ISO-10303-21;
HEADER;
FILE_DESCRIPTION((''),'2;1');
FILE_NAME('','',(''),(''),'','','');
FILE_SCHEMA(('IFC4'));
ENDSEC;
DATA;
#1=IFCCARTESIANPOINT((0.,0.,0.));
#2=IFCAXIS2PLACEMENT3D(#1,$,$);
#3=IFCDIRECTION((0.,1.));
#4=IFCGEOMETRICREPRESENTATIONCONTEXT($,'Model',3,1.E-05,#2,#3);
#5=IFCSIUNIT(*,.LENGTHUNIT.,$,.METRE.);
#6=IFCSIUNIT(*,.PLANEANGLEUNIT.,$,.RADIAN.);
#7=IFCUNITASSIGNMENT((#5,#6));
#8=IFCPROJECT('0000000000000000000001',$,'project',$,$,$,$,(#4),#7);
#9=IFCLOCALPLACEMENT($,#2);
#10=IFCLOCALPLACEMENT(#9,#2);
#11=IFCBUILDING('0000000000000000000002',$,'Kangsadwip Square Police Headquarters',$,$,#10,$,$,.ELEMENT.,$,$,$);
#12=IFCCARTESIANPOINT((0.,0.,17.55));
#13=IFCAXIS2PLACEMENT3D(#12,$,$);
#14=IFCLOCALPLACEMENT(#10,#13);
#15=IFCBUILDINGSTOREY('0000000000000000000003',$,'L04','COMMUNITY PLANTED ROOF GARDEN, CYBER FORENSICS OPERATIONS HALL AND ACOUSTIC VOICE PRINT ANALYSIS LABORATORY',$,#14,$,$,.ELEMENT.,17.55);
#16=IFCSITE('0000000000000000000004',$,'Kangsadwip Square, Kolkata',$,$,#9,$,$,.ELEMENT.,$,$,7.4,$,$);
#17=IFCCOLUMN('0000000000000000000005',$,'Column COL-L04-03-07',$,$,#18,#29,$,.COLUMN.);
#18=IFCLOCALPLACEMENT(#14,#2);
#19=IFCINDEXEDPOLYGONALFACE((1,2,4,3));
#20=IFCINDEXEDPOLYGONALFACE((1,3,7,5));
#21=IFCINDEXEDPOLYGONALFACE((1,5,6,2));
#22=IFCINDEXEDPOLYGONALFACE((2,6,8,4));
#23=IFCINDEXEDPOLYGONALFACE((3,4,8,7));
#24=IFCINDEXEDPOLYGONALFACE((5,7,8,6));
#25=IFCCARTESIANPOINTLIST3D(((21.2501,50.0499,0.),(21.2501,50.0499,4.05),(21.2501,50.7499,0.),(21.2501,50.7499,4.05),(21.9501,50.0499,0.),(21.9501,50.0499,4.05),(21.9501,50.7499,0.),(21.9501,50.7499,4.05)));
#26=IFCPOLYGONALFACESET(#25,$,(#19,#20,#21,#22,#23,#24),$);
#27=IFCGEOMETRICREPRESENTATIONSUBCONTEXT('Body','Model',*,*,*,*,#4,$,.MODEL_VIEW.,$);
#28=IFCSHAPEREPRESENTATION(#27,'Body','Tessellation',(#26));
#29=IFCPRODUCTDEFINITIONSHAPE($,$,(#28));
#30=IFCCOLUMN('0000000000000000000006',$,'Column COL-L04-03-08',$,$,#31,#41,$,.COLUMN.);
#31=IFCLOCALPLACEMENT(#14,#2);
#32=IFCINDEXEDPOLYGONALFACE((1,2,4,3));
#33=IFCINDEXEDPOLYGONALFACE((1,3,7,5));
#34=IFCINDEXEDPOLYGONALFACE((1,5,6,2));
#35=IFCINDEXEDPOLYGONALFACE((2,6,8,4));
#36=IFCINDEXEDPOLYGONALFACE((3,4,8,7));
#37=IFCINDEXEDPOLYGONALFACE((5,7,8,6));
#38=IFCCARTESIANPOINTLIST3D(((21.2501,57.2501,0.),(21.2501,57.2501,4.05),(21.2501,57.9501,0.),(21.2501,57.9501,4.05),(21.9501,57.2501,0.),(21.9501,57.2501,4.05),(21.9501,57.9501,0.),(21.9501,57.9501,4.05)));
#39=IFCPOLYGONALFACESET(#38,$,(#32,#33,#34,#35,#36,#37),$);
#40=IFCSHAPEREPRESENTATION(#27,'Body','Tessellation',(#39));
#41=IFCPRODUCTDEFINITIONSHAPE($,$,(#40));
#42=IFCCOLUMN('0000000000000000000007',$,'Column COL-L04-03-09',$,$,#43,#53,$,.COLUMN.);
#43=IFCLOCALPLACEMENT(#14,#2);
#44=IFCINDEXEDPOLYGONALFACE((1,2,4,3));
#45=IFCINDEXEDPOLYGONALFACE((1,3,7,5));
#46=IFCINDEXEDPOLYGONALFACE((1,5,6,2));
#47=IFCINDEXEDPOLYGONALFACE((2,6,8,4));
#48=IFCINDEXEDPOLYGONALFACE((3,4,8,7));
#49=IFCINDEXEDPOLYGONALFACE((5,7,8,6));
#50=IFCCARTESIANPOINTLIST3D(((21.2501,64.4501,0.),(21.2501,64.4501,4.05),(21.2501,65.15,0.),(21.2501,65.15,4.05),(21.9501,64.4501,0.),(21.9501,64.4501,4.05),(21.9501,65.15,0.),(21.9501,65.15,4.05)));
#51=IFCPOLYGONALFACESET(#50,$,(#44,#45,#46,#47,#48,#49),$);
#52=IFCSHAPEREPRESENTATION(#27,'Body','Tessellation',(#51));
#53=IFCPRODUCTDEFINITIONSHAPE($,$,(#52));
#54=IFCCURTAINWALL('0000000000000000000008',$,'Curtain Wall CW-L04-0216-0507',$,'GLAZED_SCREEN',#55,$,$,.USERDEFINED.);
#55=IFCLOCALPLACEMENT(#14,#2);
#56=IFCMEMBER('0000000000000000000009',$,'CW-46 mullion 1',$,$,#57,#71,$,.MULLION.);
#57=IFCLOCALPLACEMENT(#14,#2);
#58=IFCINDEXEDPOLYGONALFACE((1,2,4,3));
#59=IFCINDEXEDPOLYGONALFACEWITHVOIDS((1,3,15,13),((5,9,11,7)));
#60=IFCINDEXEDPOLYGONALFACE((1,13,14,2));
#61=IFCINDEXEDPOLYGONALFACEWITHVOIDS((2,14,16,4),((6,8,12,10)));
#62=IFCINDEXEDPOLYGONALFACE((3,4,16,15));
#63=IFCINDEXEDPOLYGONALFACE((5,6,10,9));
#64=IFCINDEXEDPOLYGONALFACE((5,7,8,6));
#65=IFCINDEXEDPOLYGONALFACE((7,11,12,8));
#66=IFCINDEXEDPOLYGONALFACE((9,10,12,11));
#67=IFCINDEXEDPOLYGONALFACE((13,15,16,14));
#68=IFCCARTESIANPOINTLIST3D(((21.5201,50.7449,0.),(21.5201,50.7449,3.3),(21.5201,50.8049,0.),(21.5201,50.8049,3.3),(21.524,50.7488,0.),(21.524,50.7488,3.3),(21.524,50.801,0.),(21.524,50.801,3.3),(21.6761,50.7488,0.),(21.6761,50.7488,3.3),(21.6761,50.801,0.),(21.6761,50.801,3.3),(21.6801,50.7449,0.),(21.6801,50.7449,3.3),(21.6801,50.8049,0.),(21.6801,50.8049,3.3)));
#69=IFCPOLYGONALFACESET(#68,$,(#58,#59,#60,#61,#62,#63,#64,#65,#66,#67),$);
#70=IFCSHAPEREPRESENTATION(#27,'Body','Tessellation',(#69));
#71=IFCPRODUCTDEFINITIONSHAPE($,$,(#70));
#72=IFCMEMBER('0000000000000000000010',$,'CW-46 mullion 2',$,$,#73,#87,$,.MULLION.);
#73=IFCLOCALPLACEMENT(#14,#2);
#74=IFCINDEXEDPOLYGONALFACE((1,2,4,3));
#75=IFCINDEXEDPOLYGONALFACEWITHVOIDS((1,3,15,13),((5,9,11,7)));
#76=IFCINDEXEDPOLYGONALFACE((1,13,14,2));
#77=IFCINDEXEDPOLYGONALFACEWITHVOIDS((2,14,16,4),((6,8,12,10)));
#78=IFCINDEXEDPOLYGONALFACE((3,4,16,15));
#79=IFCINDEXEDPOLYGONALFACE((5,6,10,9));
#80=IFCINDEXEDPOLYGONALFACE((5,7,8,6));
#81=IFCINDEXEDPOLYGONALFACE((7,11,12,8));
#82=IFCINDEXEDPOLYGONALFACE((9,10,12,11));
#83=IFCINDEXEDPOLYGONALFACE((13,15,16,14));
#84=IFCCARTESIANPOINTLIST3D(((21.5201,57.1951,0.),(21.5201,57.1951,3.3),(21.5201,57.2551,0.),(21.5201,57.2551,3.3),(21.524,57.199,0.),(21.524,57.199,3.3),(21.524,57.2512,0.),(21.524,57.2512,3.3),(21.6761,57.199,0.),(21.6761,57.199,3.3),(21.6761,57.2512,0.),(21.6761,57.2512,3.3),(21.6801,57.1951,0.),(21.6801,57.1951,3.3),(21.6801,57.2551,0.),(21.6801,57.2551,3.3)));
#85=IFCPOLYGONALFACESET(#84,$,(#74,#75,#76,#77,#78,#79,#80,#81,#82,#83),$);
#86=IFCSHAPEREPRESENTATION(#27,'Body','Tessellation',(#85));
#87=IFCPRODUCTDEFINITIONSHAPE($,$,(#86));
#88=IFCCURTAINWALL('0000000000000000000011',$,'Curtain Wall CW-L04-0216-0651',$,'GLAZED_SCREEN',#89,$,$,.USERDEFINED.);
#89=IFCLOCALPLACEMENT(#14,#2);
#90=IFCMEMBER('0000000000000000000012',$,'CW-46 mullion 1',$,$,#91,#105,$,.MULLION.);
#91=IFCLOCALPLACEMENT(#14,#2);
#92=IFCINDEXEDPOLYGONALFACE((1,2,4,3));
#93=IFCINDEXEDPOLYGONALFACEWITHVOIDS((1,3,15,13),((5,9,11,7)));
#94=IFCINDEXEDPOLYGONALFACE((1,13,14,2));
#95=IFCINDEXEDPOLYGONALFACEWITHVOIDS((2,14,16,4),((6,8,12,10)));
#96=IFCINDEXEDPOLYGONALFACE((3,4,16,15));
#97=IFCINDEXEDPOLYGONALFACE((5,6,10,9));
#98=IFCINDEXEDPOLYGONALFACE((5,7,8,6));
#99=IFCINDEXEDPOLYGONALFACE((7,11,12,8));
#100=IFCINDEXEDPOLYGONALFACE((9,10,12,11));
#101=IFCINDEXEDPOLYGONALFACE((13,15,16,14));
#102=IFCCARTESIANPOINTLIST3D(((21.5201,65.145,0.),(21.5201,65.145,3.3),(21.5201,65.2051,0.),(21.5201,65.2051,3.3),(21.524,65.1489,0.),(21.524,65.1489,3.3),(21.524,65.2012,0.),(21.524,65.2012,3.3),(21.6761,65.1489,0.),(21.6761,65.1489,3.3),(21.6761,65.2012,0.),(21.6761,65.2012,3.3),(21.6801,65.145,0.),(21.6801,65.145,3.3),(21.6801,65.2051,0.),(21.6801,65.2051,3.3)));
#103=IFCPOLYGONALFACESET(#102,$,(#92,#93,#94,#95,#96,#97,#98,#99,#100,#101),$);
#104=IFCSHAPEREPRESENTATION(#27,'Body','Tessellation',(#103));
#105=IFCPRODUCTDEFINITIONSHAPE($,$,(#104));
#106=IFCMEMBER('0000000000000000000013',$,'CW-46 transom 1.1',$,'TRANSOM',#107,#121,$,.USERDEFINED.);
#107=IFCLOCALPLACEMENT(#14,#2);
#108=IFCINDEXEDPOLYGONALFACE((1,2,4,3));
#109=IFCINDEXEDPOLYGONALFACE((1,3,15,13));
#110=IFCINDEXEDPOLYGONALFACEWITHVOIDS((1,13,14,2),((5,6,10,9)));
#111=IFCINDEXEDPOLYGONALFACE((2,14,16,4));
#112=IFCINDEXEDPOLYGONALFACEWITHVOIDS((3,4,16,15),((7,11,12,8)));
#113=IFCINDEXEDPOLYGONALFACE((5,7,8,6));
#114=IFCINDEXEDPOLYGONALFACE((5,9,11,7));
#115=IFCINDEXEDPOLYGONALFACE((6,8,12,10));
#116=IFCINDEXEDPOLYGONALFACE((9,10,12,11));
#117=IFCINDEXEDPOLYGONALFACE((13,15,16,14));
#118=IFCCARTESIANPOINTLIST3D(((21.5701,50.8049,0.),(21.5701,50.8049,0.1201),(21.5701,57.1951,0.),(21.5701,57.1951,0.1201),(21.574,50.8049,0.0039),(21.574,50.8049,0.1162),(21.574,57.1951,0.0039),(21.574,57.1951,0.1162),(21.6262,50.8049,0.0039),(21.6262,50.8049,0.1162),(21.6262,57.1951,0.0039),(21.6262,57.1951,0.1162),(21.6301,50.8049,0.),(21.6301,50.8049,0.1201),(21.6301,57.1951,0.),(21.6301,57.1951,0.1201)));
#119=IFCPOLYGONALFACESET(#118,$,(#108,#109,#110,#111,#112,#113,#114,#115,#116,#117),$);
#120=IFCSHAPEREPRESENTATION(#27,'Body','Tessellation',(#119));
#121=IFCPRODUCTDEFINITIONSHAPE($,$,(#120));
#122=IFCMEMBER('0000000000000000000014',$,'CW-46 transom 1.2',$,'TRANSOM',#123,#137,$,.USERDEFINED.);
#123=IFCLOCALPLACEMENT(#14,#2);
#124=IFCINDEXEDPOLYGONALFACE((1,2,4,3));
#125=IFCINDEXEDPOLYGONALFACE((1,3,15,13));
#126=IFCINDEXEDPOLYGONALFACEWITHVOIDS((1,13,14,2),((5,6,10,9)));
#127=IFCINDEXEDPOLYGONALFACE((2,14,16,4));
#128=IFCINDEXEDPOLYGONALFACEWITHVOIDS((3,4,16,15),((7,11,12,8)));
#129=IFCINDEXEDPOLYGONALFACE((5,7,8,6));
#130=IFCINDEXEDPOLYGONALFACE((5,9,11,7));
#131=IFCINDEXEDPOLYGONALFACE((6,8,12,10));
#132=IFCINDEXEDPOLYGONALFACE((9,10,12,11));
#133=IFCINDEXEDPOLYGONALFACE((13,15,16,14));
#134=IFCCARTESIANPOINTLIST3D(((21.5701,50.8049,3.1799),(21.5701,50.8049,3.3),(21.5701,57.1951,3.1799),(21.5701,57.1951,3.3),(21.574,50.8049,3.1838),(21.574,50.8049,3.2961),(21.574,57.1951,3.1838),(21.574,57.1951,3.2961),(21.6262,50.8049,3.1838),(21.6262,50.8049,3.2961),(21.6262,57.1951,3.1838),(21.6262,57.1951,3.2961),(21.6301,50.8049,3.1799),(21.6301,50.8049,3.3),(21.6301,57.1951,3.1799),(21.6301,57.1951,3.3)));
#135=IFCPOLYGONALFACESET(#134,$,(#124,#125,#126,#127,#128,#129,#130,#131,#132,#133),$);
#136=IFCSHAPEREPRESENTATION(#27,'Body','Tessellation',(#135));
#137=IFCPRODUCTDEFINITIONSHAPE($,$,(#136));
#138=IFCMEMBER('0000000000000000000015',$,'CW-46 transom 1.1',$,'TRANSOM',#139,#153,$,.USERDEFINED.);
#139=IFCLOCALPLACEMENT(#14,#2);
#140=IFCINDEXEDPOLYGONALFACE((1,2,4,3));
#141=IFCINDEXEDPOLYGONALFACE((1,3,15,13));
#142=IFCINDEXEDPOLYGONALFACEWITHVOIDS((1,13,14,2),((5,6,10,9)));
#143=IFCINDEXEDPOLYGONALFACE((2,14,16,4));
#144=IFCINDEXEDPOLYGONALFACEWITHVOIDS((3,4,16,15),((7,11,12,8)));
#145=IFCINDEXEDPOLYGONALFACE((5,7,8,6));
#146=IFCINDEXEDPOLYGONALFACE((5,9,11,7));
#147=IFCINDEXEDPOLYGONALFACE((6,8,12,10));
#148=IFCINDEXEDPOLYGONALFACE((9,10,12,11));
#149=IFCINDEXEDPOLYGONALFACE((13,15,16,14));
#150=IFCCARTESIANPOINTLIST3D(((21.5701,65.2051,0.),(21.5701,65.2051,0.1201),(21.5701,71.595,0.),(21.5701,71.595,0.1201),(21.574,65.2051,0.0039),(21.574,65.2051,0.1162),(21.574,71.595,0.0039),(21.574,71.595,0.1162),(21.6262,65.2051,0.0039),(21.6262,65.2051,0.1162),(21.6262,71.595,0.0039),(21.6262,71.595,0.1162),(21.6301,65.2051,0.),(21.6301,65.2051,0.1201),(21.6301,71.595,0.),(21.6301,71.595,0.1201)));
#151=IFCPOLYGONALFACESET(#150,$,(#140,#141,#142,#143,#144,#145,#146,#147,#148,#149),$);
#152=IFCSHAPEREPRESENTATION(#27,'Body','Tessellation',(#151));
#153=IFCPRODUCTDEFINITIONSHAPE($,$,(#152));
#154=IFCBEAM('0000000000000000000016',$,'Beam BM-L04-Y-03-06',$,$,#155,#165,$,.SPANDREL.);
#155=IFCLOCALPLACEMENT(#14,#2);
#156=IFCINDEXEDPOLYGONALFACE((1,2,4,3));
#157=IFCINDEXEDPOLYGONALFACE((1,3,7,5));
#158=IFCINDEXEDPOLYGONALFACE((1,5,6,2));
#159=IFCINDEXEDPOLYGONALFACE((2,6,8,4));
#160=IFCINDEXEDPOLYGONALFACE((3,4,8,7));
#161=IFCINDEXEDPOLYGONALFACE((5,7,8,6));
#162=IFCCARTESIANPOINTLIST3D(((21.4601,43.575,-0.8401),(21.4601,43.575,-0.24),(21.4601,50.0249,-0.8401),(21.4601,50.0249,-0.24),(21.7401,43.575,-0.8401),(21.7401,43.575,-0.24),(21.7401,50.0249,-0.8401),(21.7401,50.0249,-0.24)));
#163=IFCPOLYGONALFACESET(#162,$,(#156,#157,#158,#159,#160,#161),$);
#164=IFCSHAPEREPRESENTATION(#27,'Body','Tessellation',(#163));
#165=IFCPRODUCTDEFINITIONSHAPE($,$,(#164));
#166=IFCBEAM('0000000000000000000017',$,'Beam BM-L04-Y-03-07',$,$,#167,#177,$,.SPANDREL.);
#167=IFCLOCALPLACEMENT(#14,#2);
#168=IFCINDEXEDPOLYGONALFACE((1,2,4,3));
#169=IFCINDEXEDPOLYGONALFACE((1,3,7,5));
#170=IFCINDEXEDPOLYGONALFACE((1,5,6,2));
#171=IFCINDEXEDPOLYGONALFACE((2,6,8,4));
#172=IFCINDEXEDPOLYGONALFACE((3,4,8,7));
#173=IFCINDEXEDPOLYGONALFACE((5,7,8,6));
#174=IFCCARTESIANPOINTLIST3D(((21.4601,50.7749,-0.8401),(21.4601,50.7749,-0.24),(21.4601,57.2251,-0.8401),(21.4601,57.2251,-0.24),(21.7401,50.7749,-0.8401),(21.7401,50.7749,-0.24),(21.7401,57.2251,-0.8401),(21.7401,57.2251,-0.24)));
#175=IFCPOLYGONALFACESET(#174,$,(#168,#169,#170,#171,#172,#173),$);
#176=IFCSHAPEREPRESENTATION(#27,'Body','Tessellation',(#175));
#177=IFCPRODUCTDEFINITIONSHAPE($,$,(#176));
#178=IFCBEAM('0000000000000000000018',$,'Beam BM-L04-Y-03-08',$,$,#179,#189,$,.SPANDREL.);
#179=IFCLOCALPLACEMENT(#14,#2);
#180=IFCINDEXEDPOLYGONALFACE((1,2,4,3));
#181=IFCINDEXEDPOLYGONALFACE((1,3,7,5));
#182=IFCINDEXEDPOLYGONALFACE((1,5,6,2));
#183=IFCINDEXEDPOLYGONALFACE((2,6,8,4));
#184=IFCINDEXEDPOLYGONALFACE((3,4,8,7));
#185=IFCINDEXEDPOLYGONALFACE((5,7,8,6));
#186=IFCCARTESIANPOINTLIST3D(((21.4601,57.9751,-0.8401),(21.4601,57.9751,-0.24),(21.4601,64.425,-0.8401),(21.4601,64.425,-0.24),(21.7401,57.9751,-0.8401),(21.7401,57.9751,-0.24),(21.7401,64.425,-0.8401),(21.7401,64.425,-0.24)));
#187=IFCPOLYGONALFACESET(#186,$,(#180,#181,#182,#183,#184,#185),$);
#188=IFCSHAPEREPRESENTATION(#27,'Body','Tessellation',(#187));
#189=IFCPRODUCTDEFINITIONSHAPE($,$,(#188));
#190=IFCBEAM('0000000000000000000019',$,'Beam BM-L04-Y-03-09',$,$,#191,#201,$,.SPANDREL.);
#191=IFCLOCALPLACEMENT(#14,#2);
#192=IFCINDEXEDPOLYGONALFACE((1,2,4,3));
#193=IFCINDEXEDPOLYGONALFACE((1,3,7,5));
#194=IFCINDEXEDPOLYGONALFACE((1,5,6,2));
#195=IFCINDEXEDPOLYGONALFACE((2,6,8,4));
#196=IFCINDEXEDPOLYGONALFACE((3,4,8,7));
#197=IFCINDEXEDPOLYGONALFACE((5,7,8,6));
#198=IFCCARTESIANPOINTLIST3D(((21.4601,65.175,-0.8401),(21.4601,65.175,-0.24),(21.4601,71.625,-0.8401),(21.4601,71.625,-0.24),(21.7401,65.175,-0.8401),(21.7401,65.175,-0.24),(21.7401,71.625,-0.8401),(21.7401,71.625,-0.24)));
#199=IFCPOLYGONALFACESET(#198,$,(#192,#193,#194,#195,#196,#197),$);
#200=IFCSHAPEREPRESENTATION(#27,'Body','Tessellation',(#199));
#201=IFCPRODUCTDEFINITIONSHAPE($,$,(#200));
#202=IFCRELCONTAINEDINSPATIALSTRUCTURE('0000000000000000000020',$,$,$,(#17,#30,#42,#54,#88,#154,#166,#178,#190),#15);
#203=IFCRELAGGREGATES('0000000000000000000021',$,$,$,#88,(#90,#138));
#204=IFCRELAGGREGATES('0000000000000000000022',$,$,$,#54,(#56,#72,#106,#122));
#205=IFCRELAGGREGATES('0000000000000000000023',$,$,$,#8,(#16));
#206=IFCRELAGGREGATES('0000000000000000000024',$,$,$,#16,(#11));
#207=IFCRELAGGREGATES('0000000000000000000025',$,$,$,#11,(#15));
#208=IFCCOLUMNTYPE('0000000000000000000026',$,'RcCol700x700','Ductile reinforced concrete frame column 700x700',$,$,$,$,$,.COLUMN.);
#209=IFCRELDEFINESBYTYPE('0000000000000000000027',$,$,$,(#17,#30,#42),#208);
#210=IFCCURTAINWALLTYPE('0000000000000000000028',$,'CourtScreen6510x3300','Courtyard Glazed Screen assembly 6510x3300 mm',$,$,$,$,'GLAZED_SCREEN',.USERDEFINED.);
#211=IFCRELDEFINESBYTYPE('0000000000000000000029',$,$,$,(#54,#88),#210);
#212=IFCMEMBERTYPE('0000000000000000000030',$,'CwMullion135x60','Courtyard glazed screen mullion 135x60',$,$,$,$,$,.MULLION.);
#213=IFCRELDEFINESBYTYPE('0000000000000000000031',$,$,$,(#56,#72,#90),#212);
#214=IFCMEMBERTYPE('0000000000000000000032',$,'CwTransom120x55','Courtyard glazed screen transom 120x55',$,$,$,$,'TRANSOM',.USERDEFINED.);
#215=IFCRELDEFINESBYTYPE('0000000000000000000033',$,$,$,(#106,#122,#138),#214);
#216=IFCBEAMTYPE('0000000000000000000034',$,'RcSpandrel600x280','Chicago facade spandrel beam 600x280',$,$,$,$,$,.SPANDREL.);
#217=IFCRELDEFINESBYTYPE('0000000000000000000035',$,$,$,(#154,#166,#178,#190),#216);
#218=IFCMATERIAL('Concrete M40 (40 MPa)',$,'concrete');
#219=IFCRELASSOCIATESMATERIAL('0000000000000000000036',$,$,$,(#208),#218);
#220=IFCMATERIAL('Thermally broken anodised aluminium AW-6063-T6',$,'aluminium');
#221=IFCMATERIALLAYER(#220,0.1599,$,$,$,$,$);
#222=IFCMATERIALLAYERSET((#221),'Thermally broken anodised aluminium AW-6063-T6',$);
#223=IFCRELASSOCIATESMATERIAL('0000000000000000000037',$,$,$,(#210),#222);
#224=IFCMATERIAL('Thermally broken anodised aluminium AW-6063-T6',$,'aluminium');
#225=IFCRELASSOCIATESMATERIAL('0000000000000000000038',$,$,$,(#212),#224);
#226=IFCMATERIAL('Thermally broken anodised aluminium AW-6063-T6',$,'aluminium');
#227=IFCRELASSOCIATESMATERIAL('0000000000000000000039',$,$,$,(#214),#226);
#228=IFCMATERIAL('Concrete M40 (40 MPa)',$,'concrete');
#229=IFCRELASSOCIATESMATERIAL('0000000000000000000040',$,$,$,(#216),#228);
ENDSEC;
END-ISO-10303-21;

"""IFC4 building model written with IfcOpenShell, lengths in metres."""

from ifc_helpers import new_model, si_unit, direction, frame, origin, origin_2d, place, context, subcontext, project, spatial, rectangle, hollow_rectangle, extrude, material, layer, layer_set, material_profile, profile_set, type_object, element, aggregate, save


model = new_model("IFC4")

# Units and contexts
model_context = context("Model", 3, precision=1e-05, world=origin(), true_north=direction((0.0, 1.0)))
body_context = subcontext(model_context, "Body", "Model", "MODEL_VIEW")
ifc_project = project(units=[si_unit("LENGTHUNIT", "METRE"), si_unit("PLANEANGLEUNIT", "RADIAN")], contexts=[model_context])

# Site, building, storey
site_placement = place(None, origin())
site = spatial("IfcSite", under=ifc_project, at=site_placement, Name="Kangsadwip Square, Kolkata", CompositionType="ELEMENT", RefElevation=7.4)
building_placement = place(site_placement, origin())
building = spatial("IfcBuilding", under=site, at=building_placement, Name="Kangsadwip Square Police Headquarters", CompositionType="ELEMENT")
storey_placement = place(building_placement, frame((0.0, 0.0, 17.55)))
storey = spatial("IfcBuildingStorey", under=building, at=storey_placement, Name="L04", Description="COMMUNITY PLANTED ROOF GARDEN, CYBER FORENSICS OPERATIONS HALL AND ACOUSTIC VOICE PRINT ANALYSIS LABORATORY", CompositionType="ELEMENT", Elevation=17.55)

# Columns
ifc_material_1 = material(Name="Concrete M40 (40 MPa)", Category="concrete")
ifc_material_profile_1 = material_profile(ifc_material_1, rectangle(XDim=0.7, YDim=0.7, at=origin_2d()), Name="RC COL 700X700")
ifc_profile_set_1 = profile_set([ifc_material_profile_1], Name="Concrete M40 (40 MPa)")
column_type = type_object("IfcColumnType", Name="RcCol700x700", Description="Ductile reinforced concrete frame column 700x700", PredefinedType="COLUMN", material=ifc_profile_set_1)
for number, where, z_axis, x_axis, name in (
    (1, (21.6001, 50.3999, 0.0), (0.0, 0.0, 1.0), (1.0, 0.0, 0.0), "Column COL-L04-03-07"),
    (2, (21.6001, 57.6001, 0.0), (0.0, 0.0, 1.0), (1.0, 0.0, 0.0), "Column COL-L04-03-08"),
    (3, (21.6001, 64.8, 0.0), (0.0, 0.0, 1.0), (1.0, 0.0, 0.0), "Column COL-L04-03-09"),
):
    element("IfcColumn", number, at=place(storey_placement, frame(where, z_axis=z_axis, x_axis=x_axis)), inside=storey, type_object=column_type, Name=name, PredefinedType="COLUMN", context=body_context, shape_type="SweptSolid", body=[
        extrude(rectangle(XDim=0.7, YDim=0.7, at=origin_2d()), origin(), (0.0, 0.0, 1.0), 4.05),
    ])

# Curtain wall, members
ifc_material_2 = material(Name="Thermally broken anodised aluminium AW-6063-T6", Category="aluminium")
ifc_layer_1 = layer(ifc_material_2, 0.1599)
ifc_layer_set_1 = layer_set([ifc_layer_1], Name="Thermally broken anodised aluminium AW-6063-T6")
curtain_wall_type = type_object("IfcCurtainWallType", Name="CourtScreen6510x3300", Description="Courtyard Glazed Screen assembly 6510x3300 mm", ElementType="GLAZED_SCREEN", PredefinedType="USERDEFINED", material=ifc_layer_set_1)
curtain_wall_1_placement = place(storey_placement, origin())
curtain_wall_1 = element("IfcCurtainWall", 4, at=curtain_wall_1_placement, inside=storey, type_object=curtain_wall_type, Name="Curtain Wall CW-L04-0216-0507", ObjectType="GLAZED_SCREEN", PredefinedType="USERDEFINED")
ifc_material_3 = material(Name="Thermally broken anodised aluminium AW-6063-T6", Category="aluminium")
ifc_material_profile_2 = material_profile(ifc_material_3, hollow_rectangle(XDim=0.0601, YDim=0.1599, WallThickness=0.0039, at=origin_2d()), Name="CWM 160X60X4")
ifc_profile_set_2 = profile_set([ifc_material_profile_2], Name="Thermally broken anodised aluminium AW-6063-T6")
member_type_1 = type_object("IfcMemberType", Name="CwMullion135x60", Description="Courtyard glazed screen mullion 135x60", PredefinedType="MULLION", material=ifc_profile_set_2)
member_1_placement = place(storey_placement, frame((21.6001, 50.7749, 0.0), z_axis=(0.0, 0.0, 1.0), x_axis=(0.0, 1.0, 0.0)))
member_1 = element("IfcMember", 5, at=member_1_placement, type_object=member_type_1, Name="CW-46 mullion 1", PredefinedType="MULLION", context=body_context, shape_type="SweptSolid", body=[
    extrude(hollow_rectangle(XDim=0.0601, YDim=0.1599, WallThickness=0.0039, at=origin_2d()), origin(), (0.0, 0.0, 1.0), 3.3),
])
member_2_placement = place(storey_placement, frame((21.6001, 57.2251, 0.0), z_axis=(0.0, 0.0, 1.0), x_axis=(0.0, 1.0, 0.0)))
member_2 = element("IfcMember", 6, at=member_2_placement, type_object=member_type_1, Name="CW-46 mullion 2", PredefinedType="MULLION", context=body_context, shape_type="SweptSolid", body=[
    extrude(hollow_rectangle(XDim=0.0601, YDim=0.1599, WallThickness=0.0039, at=origin_2d()), origin(), (0.0, 0.0, 1.0), 3.3),
])

# Curtain wall, member
curtain_wall_2_placement = place(storey_placement, origin())
curtain_wall_2 = element("IfcCurtainWall", 7, at=curtain_wall_2_placement, inside=storey, type_object=curtain_wall_type, Name="Curtain Wall CW-L04-0216-0651", ObjectType="GLAZED_SCREEN", PredefinedType="USERDEFINED")
member_3_placement = place(storey_placement, frame((21.6001, 65.175, 0.0), z_axis=(0.0, 0.0, 1.0), x_axis=(0.0, 1.0, 0.0)))
member_3 = element("IfcMember", 8, at=member_3_placement, type_object=member_type_1, Name="CW-46 mullion 1", PredefinedType="MULLION", context=body_context, shape_type="SweptSolid", body=[
    extrude(hollow_rectangle(XDim=0.0601, YDim=0.1599, WallThickness=0.0039, at=origin_2d()), origin(), (0.0, 0.0, 1.0), 3.3),
])

# Members
ifc_material_4 = material(Name="Thermally broken anodised aluminium AW-6063-T6", Category="aluminium")
ifc_material_profile_3 = material_profile(ifc_material_4, hollow_rectangle(XDim=0.0601, YDim=0.1201, WallThickness=0.0039, at=origin_2d()), Name="CWT 120X60X4")
ifc_profile_set_3 = profile_set([ifc_material_profile_3], Name="Thermally broken anodised aluminium AW-6063-T6")
member_type_2 = type_object("IfcMemberType", Name="CwTransom120x55", Description="Courtyard glazed screen transom 120x55", ElementType="TRANSOM", PredefinedType="USERDEFINED", material=ifc_profile_set_3)
member_4_placement = place(storey_placement, frame((21.6001, 50.8049, 0.0601), z_axis=(0.0, 1.0, 0.0), x_axis=(-1.0, 0.0, 0.0)))
member_4 = element("IfcMember", 9, at=member_4_placement, type_object=member_type_2, Name="CW-46 transom 1.1", ObjectType="TRANSOM", PredefinedType="USERDEFINED", context=body_context, shape_type="SweptSolid", body=[
    extrude(hollow_rectangle(XDim=0.0601, YDim=0.1201, WallThickness=0.0039, at=origin_2d()), origin(), (0.0, 0.0, 1.0), 6.3901),
])
member_5_placement = place(storey_placement, frame((21.6001, 50.8049, 3.24), z_axis=(0.0, 1.0, 0.0), x_axis=(-1.0, 0.0, 0.0)))
member_5 = element("IfcMember", 10, at=member_5_placement, type_object=member_type_2, Name="CW-46 transom 1.2", ObjectType="TRANSOM", PredefinedType="USERDEFINED", context=body_context, shape_type="SweptSolid", body=[
    extrude(hollow_rectangle(XDim=0.0601, YDim=0.1201, WallThickness=0.0039, at=origin_2d()), origin(), (0.0, 0.0, 1.0), 6.3901),
])
member_6_placement = place(storey_placement, frame((21.6001, 65.2051, 0.0601), z_axis=(0.0, 1.0, 0.0), x_axis=(-1.0, 0.0, 0.0)))
member_6 = element("IfcMember", 11, at=member_6_placement, type_object=member_type_2, Name="CW-46 transom 1.1", ObjectType="TRANSOM", PredefinedType="USERDEFINED", context=body_context, shape_type="SweptSolid", body=[
    extrude(hollow_rectangle(XDim=0.0601, YDim=0.1201, WallThickness=0.0039, at=origin_2d()), origin(), (0.0, 0.0, 1.0), 6.3899),
])
aggregate(curtain_wall_2, [member_3, member_6])

# Beams
ifc_material_5 = material(Name="Concrete M40 (40 MPa)", Category="concrete")
ifc_material_profile_4 = material_profile(ifc_material_5, rectangle(XDim=0.28, YDim=0.6001, at=origin_2d()), Name="RC SPN 600X280")
ifc_profile_set_4 = profile_set([ifc_material_profile_4], Name="Concrete M40 (40 MPa)")
beam_type = type_object("IfcBeamType", Name="RcSpandrel600x280", Description="Chicago facade spandrel beam 600x280", PredefinedType="SPANDREL", material=ifc_profile_set_4)
beam_1_placement = place(storey_placement, frame((21.6001, 43.575, -0.54), z_axis=(0.0, 1.0, 0.0), x_axis=(-1.0, 0.0, 0.0)))
element("IfcBeam", 12, at=beam_1_placement, inside=storey, type_object=beam_type, Name="Beam BM-L04-Y-03-06", PredefinedType="SPANDREL", context=body_context, shape_type="SweptSolid", body=[
    extrude(rectangle(XDim=0.28, YDim=0.6001, at=origin_2d()), origin(), (0.0, 0.0, 1.0), 6.45),
])
beam_2_placement = place(storey_placement, frame((21.6001, 50.7749, -0.54), z_axis=(0.0, 1.0, 0.0), x_axis=(-1.0, 0.0, 0.0)))
element("IfcBeam", 13, at=beam_2_placement, inside=storey, type_object=beam_type, Name="Beam BM-L04-Y-03-07", PredefinedType="SPANDREL", context=body_context, shape_type="SweptSolid", body=[
    extrude(rectangle(XDim=0.28, YDim=0.6001, at=origin_2d()), origin(), (0.0, 0.0, 1.0), 6.4502),
])
for number, where, z_axis, x_axis, name in (
    (14, (21.6001, 57.9751, -0.54), (0.0, 1.0, 0.0), (-1.0, 0.0, 0.0), "Beam BM-L04-Y-03-08"),
    (15, (21.6001, 65.175, -0.54), (0.0, 1.0, 0.0), (-1.0, 0.0, 0.0), "Beam BM-L04-Y-03-09"),
):
    element("IfcBeam", number, at=place(storey_placement, frame(where, z_axis=z_axis, x_axis=x_axis)), inside=storey, type_object=beam_type, Name=name, PredefinedType="SPANDREL", context=body_context, shape_type="SweptSolid", body=[
        extrude(rectangle(XDim=0.28, YDim=0.6001, at=origin_2d()), origin(), (0.0, 0.0, 1.0), 6.45),
    ])

aggregate(curtain_wall_1, [member_1, member_2, member_4, member_5])

save(model, "model.ifc")
